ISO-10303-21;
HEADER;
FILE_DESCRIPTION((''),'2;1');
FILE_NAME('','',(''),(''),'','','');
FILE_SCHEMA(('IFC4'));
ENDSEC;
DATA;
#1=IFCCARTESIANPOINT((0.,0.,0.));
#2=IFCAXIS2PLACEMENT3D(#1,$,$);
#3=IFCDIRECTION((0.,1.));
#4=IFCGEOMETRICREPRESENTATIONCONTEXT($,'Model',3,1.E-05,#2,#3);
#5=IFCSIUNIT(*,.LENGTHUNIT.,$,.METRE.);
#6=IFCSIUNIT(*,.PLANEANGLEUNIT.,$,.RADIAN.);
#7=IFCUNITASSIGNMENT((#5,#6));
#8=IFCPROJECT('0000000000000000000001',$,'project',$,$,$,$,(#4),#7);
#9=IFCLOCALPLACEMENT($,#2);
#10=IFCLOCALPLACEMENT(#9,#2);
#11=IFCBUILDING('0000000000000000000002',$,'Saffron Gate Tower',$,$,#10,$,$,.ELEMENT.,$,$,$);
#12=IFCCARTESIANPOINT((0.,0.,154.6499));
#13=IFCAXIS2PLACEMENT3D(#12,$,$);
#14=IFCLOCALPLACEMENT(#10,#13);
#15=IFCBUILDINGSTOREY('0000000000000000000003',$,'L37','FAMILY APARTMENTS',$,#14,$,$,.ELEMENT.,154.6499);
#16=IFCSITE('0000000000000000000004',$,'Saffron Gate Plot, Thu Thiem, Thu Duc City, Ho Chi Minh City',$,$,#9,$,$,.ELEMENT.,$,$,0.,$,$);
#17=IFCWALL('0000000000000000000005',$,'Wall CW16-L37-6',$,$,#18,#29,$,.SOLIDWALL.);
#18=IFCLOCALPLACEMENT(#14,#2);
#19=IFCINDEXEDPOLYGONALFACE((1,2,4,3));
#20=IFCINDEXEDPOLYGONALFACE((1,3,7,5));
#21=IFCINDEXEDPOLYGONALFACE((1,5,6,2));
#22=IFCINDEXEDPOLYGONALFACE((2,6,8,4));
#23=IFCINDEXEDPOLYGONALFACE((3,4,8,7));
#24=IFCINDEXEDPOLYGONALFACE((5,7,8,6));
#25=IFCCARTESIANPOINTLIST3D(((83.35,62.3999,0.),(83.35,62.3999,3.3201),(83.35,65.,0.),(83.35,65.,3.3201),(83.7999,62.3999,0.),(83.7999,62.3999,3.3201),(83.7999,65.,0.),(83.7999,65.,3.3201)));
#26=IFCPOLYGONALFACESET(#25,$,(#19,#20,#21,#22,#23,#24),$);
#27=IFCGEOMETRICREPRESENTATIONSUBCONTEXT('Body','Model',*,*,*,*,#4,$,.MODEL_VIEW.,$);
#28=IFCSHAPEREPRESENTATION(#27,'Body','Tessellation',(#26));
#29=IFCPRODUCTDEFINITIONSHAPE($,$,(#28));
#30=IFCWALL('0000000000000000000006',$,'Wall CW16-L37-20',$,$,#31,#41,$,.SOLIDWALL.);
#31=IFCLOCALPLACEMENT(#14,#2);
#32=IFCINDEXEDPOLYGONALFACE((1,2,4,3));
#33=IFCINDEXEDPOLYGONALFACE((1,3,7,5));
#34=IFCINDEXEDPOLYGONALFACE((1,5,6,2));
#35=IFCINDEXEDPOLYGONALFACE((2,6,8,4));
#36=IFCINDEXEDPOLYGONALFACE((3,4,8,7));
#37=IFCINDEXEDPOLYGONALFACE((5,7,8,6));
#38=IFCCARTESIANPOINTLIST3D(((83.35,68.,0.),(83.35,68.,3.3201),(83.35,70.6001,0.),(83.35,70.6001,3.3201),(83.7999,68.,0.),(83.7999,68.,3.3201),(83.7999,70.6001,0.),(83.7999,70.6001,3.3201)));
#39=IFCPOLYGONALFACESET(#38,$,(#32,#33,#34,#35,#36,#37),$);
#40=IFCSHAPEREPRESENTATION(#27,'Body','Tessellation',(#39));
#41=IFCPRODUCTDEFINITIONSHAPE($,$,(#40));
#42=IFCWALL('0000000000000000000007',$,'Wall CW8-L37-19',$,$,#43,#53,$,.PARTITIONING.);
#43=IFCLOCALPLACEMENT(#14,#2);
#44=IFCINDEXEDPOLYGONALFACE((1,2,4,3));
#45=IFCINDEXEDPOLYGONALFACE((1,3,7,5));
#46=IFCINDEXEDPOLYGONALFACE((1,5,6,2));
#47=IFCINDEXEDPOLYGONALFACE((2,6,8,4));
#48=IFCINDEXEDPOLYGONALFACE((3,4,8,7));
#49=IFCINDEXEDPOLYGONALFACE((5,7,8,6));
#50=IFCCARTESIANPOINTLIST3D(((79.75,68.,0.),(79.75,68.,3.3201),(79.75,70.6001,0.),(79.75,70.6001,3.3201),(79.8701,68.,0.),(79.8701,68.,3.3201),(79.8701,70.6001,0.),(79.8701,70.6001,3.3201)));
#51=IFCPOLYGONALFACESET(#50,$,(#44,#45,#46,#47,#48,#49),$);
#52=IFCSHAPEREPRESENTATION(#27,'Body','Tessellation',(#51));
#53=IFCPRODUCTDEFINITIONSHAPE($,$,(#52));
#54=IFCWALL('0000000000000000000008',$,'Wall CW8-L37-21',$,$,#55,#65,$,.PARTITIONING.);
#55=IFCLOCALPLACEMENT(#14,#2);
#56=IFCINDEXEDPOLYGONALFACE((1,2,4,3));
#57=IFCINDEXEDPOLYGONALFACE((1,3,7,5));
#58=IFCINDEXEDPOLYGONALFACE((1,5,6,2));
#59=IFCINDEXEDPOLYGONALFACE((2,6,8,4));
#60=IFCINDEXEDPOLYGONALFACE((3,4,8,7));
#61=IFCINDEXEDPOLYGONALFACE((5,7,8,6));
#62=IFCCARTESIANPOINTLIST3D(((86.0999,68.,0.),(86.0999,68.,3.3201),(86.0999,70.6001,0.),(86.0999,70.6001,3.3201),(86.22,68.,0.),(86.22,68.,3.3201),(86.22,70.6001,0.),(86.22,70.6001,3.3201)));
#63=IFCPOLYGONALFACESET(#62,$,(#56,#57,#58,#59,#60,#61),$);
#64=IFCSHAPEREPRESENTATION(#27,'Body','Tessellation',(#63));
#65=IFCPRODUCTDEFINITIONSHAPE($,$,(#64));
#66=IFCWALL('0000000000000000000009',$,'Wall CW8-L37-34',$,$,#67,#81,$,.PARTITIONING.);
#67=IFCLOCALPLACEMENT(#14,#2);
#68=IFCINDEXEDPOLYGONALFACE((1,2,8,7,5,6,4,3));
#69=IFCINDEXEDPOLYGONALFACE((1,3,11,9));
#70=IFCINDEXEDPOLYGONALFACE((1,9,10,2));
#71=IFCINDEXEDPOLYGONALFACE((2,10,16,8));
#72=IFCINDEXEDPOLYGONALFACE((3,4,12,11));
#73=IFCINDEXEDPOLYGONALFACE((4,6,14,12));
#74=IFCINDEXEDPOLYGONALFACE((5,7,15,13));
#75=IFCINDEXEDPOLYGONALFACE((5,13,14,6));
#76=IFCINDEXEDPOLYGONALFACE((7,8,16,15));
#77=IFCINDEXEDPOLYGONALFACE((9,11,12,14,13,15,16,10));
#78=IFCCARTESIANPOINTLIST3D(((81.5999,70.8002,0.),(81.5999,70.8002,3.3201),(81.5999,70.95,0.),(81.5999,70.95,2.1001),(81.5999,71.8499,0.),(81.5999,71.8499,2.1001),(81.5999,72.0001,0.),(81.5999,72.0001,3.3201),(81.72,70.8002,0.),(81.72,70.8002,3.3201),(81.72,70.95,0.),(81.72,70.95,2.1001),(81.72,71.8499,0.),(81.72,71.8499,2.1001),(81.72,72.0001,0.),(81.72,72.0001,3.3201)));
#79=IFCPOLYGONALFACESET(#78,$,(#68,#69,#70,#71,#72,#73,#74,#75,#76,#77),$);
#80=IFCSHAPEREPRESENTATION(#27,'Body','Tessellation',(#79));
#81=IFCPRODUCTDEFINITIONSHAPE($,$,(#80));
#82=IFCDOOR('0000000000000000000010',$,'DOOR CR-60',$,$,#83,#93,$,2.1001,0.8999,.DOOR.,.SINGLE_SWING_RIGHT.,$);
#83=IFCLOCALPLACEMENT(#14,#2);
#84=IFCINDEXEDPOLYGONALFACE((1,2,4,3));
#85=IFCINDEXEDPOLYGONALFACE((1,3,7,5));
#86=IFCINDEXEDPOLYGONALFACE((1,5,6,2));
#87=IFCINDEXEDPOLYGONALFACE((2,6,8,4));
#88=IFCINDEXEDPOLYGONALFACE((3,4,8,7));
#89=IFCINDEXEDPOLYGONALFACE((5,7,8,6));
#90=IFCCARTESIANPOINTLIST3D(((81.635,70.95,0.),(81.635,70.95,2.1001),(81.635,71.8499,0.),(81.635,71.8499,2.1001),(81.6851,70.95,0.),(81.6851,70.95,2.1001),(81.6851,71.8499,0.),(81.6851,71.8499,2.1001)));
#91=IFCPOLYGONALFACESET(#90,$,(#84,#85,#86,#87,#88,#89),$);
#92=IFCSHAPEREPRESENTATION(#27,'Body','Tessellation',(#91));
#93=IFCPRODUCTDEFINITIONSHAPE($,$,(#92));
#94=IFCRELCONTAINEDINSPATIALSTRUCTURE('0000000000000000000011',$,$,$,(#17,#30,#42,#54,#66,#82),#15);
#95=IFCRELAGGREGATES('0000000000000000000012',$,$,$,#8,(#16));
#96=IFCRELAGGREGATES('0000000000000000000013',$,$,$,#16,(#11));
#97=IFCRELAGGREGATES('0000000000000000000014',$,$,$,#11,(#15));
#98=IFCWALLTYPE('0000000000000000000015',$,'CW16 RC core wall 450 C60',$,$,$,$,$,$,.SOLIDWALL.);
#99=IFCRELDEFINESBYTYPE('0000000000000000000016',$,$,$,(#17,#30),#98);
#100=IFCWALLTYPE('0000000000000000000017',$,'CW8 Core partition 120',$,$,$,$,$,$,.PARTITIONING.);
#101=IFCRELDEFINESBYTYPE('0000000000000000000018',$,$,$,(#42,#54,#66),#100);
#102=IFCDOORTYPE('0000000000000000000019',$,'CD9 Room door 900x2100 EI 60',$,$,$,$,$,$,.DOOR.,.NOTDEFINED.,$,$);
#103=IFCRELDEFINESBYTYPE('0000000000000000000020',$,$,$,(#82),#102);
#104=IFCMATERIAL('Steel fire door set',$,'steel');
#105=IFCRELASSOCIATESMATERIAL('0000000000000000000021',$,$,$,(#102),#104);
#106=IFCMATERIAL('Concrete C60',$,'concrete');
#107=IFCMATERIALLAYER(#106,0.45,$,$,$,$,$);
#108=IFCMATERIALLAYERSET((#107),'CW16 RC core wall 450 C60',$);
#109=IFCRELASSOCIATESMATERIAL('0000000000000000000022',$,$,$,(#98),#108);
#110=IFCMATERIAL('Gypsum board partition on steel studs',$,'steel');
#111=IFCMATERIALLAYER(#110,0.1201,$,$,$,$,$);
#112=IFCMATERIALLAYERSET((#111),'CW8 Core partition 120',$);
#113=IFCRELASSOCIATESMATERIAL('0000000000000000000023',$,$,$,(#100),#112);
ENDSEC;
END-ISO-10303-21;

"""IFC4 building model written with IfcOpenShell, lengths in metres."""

from ifc_helpers import new_model, si_unit, direction, frame, frame_2d, origin, place, context, subcontext, project, spatial, rectangle, extrude, material, layer, layer_set, type_object, element, fill, save


model = new_model("IFC4")

# Units and contexts
model_context = context("Model", 3, precision=1e-05, world=origin(), true_north=direction((0.0, 1.0)))
body_context = subcontext(model_context, "Body", "Model", "MODEL_VIEW")
ifc_project = project(units=[si_unit("LENGTHUNIT", "METRE"), si_unit("PLANEANGLEUNIT", "RADIAN")], contexts=[model_context])

# Site, building, storey
site_placement = place(None, origin())
site = spatial("IfcSite", under=ifc_project, at=site_placement, Name="Saffron Gate Plot, Thu Thiem, Thu Duc City, Ho Chi Minh City", CompositionType="ELEMENT", RefElevation=0.0)
building_placement = place(site_placement, origin())
building = spatial("IfcBuilding", under=site, at=building_placement, Name="Saffron Gate Tower", CompositionType="ELEMENT")
storey_placement = place(building_placement, frame((0.0, 0.0, 154.6499)))
storey = spatial("IfcBuildingStorey", under=building, at=storey_placement, Name="L37", Description="FAMILY APARTMENTS", CompositionType="ELEMENT", Elevation=154.6499)

# Shared definitions
ifc_material_1 = material(Name="Gypsum board partition on steel studs", Category="steel")
ifc_material_2 = material(Name="Concrete C60", Category="concrete")

# Shared definitions
ifc_material_3 = material(Name="Steel fire door set", Category="steel")

# Shared definitions
door_type_1 = type_object("IfcDoorType", Name="CD9 Room door 900x2100 EI 60", OperationType="NOTDEFINED", PredefinedType="DOOR", material=ifc_material_3)

# Walls
ifc_layer_1 = layer(ifc_material_2, 0.45)
ifc_layer_set_1 = layer_set([ifc_layer_1], Name="CW16 RC core wall 450 C60")
wall_type_1 = type_object("IfcWallType", Name="CW16 RC core wall 450 C60", PredefinedType="SOLIDWALL", material=ifc_layer_set_1)
for number, where, z_axis, x_axis, name in (
    (1, (83.575, 62.3999, 0.0), (0.0, 0.0, 1.0), (0.0, 1.0, 0.0), "Wall CW16-L37-6"),
    (2, (83.575, 68.0, 0.0), (0.0, 0.0, 1.0), (0.0, 1.0, 0.0), "Wall CW16-L37-20"),
):
    element("IfcWall", number, at=place(storey_placement, frame(where, z_axis=z_axis, x_axis=x_axis)), inside=storey, type_object=wall_type_1, Name=name, PredefinedType="SOLIDWALL", context=body_context, shape_type="SweptSolid", body=[
        extrude(rectangle(XDim=2.6001, YDim=0.45, at=frame_2d((1.3, 0.0))), origin(), (0.0, 0.0, 1.0), 3.3201),
    ])
ifc_layer_2 = layer(ifc_material_1, 0.1201)
ifc_layer_set_2 = layer_set([ifc_layer_2], Name="CW8 Core partition 120")
wall_type_2 = type_object("IfcWallType", Name="CW8 Core partition 120", PredefinedType="PARTITIONING", material=ifc_layer_set_2)
for number, where, z_axis, x_axis, name in (
    (3, (79.8101, 68.0, 0.0), (0.0, 0.0, 1.0), (0.0, 1.0, 0.0), "Wall CW8-L37-19"),
    (4, (86.1599, 68.0, 0.0), (0.0, 0.0, 1.0), (0.0, 1.0, 0.0), "Wall CW8-L37-21"),
):
    element("IfcWall", number, at=place(storey_placement, frame(where, z_axis=z_axis, x_axis=x_axis)), inside=storey, type_object=wall_type_2, Name=name, PredefinedType="PARTITIONING", context=body_context, shape_type="SweptSolid", body=[
        extrude(rectangle(XDim=2.6001, YDim=0.1201, at=frame_2d((1.3, 0.0))), origin(), (0.0, 0.0, 1.0), 3.3201),
    ])

# Wall, opening, door
wall_1_placement = place(storey_placement, frame((81.6599, 70.8, 0.0), z_axis=(0.0, 0.0, 1.0), x_axis=(0.0, 1.0, 0.0)))
wall_1 = element("IfcWall", 5, at=wall_1_placement, inside=storey, type_object=wall_type_2, Name="Wall CW8-L37-34", PredefinedType="PARTITIONING", context=body_context, shape_type="SweptSolid", body=[
    extrude(rectangle(XDim=1.2, YDim=0.1201, at=frame_2d((0.6001, 0.0))), origin(), (0.0, 0.0, 1.0), 3.3201),
])
opening_1_placement = place(wall_1_placement, frame((0.1499, 0.0, 0.0)))
opening_1 = element("IfcOpeningElement", 6, at=opening_1_placement, cuts=wall_1, PredefinedType="OPENING", context=body_context, shape_type="SweptSolid", body=[
    extrude(rectangle(XDim=0.8999, YDim=2.1001, at=frame_2d((0.45, 1.05))), frame((0.0, 0.0701, 0.0), z_axis=(0.0, -1.0, 0.0), x_axis=(1.0, 0.0, 0.0)), (0.0, 0.0, 1.0), 0.1401),
])
door_1_placement = place(opening_1_placement, origin())
door_1 = element("IfcDoor", 7, at=door_1_placement, inside=storey, type_object=door_type_1, Name="DOOR CR-60", OperationType="SINGLE_SWING_RIGHT", OverallHeight=2.1001, OverallWidth=0.8999, PredefinedType="DOOR", context=body_context, shape_type="SweptSolid", body=[
    extrude(rectangle(XDim=0.8999, YDim=2.1001, at=frame_2d((0.45, 1.05))), frame((0.0, 0.0249, 0.0), z_axis=(0.0, -1.0, 0.0), x_axis=(1.0, 0.0, 0.0)), (0.0, 0.0, 1.0), 0.05),
])
fill(opening_1, door_1)

save(model, "model.ifc")
